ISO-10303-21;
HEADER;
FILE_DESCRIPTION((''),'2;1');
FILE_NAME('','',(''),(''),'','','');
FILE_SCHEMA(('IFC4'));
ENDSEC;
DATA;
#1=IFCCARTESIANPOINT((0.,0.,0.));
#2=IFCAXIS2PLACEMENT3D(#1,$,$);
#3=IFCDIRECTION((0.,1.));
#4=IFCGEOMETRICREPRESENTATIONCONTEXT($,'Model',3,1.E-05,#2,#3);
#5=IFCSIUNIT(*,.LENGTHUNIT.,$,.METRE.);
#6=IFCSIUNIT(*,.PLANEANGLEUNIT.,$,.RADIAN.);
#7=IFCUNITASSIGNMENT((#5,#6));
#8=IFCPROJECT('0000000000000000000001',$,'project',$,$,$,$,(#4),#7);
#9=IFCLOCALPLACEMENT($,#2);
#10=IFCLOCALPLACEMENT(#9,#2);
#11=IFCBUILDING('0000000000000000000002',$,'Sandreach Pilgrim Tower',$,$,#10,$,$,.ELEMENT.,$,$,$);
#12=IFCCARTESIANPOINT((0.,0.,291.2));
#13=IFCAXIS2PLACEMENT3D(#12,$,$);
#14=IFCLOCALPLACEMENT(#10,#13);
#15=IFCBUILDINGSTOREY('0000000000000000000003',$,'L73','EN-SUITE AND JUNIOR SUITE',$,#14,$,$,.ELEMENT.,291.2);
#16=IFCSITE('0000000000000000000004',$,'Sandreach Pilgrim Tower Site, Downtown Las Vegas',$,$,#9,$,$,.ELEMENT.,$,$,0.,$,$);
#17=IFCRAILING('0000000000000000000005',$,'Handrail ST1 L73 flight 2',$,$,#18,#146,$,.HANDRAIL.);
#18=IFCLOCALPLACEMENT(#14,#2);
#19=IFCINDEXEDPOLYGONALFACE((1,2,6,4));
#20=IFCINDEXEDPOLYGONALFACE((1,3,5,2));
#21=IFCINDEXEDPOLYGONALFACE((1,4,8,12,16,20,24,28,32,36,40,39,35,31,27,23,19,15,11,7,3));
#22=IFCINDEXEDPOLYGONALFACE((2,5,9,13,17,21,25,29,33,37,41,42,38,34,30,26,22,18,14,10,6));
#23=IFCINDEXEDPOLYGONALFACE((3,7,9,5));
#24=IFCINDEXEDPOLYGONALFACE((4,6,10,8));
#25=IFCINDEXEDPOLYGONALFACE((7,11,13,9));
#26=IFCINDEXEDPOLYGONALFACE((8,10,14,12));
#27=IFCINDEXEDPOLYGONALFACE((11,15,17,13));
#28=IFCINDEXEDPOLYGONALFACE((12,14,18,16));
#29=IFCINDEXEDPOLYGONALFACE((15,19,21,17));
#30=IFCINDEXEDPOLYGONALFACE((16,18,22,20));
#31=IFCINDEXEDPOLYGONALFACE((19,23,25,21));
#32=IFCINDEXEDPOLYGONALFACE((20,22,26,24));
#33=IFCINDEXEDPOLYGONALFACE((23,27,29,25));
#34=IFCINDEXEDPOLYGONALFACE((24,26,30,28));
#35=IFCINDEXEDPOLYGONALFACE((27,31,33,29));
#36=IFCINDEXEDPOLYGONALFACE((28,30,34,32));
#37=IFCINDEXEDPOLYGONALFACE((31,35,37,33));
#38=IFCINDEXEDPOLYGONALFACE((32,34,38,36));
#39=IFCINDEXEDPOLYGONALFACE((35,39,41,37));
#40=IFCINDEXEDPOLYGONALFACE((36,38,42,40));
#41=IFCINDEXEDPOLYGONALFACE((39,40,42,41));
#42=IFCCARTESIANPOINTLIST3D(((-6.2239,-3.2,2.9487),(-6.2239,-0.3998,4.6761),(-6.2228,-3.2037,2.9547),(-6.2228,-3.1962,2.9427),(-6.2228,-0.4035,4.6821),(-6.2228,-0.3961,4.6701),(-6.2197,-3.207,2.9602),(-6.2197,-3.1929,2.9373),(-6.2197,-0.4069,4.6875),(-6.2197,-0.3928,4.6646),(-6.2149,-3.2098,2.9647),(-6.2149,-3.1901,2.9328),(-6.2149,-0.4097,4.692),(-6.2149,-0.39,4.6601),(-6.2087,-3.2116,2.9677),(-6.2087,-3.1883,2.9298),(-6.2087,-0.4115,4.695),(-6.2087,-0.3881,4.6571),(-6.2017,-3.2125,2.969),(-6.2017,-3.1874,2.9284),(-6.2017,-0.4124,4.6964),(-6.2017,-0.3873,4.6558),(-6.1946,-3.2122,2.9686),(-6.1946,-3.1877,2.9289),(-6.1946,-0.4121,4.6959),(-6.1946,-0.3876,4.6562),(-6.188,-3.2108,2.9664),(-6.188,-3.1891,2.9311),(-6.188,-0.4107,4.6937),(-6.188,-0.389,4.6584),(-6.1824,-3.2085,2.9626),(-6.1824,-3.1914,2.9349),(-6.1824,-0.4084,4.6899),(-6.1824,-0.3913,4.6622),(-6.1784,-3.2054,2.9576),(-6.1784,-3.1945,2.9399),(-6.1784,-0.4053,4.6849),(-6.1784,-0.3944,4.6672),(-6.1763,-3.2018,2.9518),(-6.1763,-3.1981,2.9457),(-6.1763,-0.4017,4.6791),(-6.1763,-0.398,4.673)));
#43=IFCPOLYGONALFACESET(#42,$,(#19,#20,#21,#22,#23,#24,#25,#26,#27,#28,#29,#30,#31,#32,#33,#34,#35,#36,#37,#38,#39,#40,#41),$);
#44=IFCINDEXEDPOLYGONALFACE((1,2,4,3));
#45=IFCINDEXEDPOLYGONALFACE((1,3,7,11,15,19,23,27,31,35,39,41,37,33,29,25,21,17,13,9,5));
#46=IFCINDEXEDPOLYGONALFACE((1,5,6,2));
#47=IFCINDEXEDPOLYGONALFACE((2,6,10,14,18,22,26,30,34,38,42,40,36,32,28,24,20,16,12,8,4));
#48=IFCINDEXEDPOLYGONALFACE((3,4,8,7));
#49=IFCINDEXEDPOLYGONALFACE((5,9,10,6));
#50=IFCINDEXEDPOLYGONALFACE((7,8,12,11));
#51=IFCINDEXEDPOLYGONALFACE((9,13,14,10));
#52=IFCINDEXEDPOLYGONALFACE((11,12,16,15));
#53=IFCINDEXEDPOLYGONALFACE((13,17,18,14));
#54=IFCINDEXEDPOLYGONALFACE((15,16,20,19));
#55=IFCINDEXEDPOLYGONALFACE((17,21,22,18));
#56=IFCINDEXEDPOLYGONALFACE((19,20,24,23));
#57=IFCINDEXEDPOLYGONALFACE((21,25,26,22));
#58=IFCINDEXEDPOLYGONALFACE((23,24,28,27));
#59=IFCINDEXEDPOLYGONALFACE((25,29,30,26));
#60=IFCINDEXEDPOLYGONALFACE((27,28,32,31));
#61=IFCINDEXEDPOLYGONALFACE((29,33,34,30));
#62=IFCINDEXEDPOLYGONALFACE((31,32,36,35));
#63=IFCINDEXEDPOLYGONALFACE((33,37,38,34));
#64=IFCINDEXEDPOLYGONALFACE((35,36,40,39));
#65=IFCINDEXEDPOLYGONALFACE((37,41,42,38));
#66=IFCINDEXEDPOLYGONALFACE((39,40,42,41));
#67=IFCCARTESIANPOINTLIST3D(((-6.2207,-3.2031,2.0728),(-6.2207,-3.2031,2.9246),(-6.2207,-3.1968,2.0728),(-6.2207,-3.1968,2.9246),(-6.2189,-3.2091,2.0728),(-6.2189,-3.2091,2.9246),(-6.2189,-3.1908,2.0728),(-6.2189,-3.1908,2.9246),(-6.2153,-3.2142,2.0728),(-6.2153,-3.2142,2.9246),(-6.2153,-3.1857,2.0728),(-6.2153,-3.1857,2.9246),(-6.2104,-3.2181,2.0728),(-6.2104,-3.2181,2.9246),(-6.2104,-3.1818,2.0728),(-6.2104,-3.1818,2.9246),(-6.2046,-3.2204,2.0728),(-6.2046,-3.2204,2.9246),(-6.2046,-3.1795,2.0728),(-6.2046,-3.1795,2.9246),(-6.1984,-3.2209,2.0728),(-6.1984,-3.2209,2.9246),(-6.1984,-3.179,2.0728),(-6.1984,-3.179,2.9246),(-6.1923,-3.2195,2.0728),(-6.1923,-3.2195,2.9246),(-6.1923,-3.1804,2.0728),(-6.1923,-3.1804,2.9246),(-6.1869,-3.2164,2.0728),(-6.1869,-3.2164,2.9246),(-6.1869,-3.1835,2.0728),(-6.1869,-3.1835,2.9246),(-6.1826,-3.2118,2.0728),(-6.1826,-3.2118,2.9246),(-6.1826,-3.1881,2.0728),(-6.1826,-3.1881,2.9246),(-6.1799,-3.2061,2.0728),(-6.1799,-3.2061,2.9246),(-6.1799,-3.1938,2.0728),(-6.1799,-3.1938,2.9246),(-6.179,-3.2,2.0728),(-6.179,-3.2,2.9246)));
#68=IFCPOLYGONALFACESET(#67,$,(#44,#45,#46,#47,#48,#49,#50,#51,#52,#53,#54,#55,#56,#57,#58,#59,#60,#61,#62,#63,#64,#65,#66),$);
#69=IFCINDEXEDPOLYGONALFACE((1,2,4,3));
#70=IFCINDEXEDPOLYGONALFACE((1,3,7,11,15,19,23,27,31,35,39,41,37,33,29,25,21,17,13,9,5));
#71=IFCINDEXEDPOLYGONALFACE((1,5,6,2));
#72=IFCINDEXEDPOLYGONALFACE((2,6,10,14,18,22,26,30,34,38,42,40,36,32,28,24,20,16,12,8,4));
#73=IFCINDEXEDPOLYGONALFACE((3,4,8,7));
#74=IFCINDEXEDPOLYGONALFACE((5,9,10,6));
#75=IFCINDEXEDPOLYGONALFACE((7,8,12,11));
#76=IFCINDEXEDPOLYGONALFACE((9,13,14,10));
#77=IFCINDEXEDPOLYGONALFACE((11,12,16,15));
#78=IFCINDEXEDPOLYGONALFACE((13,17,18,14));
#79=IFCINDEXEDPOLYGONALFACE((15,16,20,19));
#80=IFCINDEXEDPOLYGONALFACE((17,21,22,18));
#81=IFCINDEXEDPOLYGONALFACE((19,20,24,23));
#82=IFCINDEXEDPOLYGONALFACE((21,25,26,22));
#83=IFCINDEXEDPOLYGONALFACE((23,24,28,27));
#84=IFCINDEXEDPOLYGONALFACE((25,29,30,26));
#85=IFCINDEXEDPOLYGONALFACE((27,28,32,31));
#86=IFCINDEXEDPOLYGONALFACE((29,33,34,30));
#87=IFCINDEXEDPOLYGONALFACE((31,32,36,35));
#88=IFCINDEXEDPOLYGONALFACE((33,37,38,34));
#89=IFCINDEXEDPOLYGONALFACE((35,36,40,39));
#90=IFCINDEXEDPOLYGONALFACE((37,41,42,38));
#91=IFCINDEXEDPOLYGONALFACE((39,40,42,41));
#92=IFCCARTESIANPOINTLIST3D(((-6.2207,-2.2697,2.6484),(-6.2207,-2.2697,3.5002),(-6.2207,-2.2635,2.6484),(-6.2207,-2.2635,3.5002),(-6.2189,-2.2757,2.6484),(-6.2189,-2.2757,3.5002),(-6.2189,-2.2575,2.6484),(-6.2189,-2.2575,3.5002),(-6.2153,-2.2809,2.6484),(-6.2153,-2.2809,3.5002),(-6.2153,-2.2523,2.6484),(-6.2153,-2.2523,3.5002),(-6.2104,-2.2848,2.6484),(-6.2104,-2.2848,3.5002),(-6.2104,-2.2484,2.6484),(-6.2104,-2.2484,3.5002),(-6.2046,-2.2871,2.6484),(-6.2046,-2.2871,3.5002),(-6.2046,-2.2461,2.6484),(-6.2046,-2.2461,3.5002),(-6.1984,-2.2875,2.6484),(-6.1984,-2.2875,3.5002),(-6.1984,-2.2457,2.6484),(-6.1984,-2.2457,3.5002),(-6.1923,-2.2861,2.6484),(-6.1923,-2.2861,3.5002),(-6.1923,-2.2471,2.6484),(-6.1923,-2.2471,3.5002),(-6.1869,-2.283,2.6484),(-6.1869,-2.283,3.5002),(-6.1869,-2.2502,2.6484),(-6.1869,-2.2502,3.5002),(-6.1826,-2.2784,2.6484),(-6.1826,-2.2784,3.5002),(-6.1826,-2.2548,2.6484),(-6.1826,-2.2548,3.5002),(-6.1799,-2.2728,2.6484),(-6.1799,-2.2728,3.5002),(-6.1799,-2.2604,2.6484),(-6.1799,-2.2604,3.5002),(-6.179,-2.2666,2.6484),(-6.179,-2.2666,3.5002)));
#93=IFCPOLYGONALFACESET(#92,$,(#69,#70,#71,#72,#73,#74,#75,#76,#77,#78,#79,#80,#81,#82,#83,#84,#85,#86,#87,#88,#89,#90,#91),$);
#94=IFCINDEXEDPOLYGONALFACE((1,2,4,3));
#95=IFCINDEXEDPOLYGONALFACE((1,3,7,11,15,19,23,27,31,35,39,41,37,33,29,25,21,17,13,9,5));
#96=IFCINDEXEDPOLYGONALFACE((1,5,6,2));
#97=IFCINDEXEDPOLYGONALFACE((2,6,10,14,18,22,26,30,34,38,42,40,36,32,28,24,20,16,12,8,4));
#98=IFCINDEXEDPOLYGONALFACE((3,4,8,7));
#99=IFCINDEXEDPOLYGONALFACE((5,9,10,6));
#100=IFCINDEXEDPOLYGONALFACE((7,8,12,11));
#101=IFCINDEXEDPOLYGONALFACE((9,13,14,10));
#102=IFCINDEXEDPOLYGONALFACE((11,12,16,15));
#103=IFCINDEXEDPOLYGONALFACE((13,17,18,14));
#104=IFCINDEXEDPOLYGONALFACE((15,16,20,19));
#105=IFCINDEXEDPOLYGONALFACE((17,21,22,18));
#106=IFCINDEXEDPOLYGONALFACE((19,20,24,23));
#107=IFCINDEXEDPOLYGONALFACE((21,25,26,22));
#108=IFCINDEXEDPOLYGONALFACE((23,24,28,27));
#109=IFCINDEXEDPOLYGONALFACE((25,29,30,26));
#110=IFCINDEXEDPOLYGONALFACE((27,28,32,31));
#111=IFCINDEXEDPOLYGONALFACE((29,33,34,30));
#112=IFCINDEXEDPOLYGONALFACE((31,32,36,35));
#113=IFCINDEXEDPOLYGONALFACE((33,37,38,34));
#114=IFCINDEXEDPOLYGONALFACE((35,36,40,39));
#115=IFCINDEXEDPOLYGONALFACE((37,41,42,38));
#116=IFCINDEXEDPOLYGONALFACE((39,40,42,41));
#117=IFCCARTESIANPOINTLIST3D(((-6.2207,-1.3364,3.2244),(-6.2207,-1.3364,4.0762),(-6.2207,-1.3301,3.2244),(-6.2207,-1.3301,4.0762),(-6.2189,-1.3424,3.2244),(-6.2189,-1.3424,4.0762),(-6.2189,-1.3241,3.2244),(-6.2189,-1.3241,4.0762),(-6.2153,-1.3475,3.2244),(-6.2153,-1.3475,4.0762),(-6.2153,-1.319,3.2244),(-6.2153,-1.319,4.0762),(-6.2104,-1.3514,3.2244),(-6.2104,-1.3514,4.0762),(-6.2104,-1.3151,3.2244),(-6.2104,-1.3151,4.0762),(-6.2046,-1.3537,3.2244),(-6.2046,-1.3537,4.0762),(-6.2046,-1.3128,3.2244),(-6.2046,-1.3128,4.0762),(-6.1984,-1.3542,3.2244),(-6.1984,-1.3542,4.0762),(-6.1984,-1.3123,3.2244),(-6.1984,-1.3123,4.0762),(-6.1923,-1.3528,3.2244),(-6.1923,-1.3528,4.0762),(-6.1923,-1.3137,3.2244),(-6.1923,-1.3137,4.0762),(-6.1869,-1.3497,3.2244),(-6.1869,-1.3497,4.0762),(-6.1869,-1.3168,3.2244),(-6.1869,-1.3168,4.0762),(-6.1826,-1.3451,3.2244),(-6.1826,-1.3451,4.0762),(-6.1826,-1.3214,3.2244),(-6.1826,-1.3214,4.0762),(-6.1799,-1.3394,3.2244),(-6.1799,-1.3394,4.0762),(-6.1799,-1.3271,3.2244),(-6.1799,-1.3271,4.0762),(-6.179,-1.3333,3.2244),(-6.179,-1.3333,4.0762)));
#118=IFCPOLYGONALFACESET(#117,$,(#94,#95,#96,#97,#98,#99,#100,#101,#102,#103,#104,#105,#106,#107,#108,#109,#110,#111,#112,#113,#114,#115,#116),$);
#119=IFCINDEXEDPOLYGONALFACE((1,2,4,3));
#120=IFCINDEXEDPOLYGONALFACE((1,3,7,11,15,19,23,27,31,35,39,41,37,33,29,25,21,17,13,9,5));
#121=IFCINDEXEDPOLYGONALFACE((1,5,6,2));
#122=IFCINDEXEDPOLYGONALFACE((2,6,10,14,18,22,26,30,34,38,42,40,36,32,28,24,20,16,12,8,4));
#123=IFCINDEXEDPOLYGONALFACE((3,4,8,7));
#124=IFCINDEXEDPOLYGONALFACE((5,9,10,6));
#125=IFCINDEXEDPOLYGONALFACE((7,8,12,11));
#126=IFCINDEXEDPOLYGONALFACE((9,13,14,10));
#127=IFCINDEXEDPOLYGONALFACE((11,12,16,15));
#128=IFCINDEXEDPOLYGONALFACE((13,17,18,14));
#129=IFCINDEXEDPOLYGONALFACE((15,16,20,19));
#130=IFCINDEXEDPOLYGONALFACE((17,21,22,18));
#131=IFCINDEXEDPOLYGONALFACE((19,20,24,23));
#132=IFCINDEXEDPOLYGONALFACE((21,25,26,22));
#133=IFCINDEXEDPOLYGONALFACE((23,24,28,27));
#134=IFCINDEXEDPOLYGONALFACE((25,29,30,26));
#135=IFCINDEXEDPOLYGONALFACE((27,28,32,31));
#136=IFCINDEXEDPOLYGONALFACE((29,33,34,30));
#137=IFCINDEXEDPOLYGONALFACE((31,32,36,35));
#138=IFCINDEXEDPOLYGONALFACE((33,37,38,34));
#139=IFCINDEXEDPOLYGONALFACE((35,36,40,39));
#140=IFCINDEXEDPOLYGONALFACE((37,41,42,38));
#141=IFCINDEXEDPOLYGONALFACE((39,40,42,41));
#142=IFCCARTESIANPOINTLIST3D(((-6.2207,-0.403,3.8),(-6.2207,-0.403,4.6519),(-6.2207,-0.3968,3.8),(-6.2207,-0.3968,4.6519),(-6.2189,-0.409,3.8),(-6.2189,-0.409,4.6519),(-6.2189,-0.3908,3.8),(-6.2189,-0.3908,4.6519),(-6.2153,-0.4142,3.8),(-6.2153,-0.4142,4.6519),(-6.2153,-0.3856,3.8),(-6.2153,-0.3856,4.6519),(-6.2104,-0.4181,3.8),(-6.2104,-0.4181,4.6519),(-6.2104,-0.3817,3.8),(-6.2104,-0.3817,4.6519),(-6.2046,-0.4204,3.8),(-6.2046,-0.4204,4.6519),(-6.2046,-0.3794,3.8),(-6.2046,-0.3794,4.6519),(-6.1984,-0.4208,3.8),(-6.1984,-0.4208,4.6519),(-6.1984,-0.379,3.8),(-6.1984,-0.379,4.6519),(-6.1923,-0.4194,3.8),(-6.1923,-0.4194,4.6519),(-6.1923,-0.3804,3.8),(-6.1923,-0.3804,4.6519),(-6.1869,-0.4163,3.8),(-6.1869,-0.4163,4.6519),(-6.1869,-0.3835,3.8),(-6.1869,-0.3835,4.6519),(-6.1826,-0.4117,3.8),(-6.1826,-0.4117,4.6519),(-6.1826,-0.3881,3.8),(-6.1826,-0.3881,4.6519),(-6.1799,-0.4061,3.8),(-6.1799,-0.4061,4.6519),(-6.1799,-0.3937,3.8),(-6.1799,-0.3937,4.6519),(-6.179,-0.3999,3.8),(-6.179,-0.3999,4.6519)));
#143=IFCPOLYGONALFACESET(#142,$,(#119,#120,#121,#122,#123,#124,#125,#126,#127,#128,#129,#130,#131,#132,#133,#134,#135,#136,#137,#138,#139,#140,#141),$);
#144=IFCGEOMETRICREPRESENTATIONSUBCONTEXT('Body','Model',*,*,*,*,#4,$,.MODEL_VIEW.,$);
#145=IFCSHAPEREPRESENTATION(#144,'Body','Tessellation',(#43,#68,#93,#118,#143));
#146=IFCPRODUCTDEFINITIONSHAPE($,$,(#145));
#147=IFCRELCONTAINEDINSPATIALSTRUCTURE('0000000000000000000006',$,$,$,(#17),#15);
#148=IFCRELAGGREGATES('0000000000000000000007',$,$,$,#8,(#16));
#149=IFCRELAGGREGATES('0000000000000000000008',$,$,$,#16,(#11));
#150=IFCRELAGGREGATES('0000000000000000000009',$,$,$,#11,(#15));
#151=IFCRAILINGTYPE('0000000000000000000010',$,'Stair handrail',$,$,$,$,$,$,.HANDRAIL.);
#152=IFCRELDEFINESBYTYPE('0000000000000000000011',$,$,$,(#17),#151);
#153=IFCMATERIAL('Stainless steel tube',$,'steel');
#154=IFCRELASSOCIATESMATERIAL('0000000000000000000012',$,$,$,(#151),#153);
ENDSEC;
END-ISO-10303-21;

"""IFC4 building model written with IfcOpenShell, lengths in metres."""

from ifc_helpers import new_model, si_unit, direction, frame, origin, origin_2d, place, context, subcontext, project, spatial, circle, extrude, material, type_object, element, save


model = new_model("IFC4")

# Units and contexts
model_context = context("Model", 3, precision=1e-05, world=origin(), true_north=direction((0.0, 1.0)))
body_context = subcontext(model_context, "Body", "Model", "MODEL_VIEW")
ifc_project = project(units=[si_unit("LENGTHUNIT", "METRE"), si_unit("PLANEANGLEUNIT", "RADIAN")], contexts=[model_context])

# Site, building, storey
site_placement = place(None, origin())
site = spatial("IfcSite", under=ifc_project, at=site_placement, Name="Sandreach Pilgrim Tower Site, Downtown Las Vegas", CompositionType="ELEMENT", RefElevation=0.0)
building_placement = place(site_placement, origin())
building = spatial("IfcBuilding", under=site, at=building_placement, Name="Sandreach Pilgrim Tower", CompositionType="ELEMENT")
storey_placement = place(building_placement, frame((0.0, 0.0, 291.2)))
storey = spatial("IfcBuildingStorey", under=building, at=storey_placement, Name="L73", Description="EN-SUITE AND JUNIOR SUITE", CompositionType="ELEMENT", Elevation=291.2)

# Railing
ifc_material_1 = material(Name="Stainless steel tube", Category="steel")
railing_type = type_object("IfcRailingType", Name="Stair handrail", PredefinedType="HANDRAIL", material=ifc_material_1)
for number, where, name in (
    (1, (-6.2, -3.2, 2.0728), "Handrail ST1 L73 flight 2"),
):
    element("IfcRailing", number, at=place(storey_placement, frame(where)), inside=storey, type_object=railing_type, Name=name, PredefinedType="HANDRAIL", context=body_context, shape_type="SweptSolid", body=[
        extrude(circle(Radius=0.0239, at=origin_2d()), frame((0.0, 0.0, 0.876), z_axis=(0.0, 0.85109, 0.52502), x_axis=(-1.0, 0.0, 0.0)), (0.0, 0.0, 1.0), 3.29),
        extrude(circle(Radius=0.021, at=origin_2d()), origin(), (0.0, 0.0, 1.0), 0.8518),
        extrude(circle(Radius=0.021, at=origin_2d()), frame((0.0, 0.9333, 0.5757)), (0.0, 0.0, 1.0), 0.8518),
        extrude(circle(Radius=0.021, at=origin_2d()), frame((0.0, 1.8667, 1.1516)), (0.0, 0.0, 1.0), 0.8518),
        extrude(circle(Radius=0.021, at=origin_2d()), frame((0.0, 2.8, 1.7273)), (0.0, 0.0, 1.0), 0.8518),
    ])

save(model, "model.ifc")
